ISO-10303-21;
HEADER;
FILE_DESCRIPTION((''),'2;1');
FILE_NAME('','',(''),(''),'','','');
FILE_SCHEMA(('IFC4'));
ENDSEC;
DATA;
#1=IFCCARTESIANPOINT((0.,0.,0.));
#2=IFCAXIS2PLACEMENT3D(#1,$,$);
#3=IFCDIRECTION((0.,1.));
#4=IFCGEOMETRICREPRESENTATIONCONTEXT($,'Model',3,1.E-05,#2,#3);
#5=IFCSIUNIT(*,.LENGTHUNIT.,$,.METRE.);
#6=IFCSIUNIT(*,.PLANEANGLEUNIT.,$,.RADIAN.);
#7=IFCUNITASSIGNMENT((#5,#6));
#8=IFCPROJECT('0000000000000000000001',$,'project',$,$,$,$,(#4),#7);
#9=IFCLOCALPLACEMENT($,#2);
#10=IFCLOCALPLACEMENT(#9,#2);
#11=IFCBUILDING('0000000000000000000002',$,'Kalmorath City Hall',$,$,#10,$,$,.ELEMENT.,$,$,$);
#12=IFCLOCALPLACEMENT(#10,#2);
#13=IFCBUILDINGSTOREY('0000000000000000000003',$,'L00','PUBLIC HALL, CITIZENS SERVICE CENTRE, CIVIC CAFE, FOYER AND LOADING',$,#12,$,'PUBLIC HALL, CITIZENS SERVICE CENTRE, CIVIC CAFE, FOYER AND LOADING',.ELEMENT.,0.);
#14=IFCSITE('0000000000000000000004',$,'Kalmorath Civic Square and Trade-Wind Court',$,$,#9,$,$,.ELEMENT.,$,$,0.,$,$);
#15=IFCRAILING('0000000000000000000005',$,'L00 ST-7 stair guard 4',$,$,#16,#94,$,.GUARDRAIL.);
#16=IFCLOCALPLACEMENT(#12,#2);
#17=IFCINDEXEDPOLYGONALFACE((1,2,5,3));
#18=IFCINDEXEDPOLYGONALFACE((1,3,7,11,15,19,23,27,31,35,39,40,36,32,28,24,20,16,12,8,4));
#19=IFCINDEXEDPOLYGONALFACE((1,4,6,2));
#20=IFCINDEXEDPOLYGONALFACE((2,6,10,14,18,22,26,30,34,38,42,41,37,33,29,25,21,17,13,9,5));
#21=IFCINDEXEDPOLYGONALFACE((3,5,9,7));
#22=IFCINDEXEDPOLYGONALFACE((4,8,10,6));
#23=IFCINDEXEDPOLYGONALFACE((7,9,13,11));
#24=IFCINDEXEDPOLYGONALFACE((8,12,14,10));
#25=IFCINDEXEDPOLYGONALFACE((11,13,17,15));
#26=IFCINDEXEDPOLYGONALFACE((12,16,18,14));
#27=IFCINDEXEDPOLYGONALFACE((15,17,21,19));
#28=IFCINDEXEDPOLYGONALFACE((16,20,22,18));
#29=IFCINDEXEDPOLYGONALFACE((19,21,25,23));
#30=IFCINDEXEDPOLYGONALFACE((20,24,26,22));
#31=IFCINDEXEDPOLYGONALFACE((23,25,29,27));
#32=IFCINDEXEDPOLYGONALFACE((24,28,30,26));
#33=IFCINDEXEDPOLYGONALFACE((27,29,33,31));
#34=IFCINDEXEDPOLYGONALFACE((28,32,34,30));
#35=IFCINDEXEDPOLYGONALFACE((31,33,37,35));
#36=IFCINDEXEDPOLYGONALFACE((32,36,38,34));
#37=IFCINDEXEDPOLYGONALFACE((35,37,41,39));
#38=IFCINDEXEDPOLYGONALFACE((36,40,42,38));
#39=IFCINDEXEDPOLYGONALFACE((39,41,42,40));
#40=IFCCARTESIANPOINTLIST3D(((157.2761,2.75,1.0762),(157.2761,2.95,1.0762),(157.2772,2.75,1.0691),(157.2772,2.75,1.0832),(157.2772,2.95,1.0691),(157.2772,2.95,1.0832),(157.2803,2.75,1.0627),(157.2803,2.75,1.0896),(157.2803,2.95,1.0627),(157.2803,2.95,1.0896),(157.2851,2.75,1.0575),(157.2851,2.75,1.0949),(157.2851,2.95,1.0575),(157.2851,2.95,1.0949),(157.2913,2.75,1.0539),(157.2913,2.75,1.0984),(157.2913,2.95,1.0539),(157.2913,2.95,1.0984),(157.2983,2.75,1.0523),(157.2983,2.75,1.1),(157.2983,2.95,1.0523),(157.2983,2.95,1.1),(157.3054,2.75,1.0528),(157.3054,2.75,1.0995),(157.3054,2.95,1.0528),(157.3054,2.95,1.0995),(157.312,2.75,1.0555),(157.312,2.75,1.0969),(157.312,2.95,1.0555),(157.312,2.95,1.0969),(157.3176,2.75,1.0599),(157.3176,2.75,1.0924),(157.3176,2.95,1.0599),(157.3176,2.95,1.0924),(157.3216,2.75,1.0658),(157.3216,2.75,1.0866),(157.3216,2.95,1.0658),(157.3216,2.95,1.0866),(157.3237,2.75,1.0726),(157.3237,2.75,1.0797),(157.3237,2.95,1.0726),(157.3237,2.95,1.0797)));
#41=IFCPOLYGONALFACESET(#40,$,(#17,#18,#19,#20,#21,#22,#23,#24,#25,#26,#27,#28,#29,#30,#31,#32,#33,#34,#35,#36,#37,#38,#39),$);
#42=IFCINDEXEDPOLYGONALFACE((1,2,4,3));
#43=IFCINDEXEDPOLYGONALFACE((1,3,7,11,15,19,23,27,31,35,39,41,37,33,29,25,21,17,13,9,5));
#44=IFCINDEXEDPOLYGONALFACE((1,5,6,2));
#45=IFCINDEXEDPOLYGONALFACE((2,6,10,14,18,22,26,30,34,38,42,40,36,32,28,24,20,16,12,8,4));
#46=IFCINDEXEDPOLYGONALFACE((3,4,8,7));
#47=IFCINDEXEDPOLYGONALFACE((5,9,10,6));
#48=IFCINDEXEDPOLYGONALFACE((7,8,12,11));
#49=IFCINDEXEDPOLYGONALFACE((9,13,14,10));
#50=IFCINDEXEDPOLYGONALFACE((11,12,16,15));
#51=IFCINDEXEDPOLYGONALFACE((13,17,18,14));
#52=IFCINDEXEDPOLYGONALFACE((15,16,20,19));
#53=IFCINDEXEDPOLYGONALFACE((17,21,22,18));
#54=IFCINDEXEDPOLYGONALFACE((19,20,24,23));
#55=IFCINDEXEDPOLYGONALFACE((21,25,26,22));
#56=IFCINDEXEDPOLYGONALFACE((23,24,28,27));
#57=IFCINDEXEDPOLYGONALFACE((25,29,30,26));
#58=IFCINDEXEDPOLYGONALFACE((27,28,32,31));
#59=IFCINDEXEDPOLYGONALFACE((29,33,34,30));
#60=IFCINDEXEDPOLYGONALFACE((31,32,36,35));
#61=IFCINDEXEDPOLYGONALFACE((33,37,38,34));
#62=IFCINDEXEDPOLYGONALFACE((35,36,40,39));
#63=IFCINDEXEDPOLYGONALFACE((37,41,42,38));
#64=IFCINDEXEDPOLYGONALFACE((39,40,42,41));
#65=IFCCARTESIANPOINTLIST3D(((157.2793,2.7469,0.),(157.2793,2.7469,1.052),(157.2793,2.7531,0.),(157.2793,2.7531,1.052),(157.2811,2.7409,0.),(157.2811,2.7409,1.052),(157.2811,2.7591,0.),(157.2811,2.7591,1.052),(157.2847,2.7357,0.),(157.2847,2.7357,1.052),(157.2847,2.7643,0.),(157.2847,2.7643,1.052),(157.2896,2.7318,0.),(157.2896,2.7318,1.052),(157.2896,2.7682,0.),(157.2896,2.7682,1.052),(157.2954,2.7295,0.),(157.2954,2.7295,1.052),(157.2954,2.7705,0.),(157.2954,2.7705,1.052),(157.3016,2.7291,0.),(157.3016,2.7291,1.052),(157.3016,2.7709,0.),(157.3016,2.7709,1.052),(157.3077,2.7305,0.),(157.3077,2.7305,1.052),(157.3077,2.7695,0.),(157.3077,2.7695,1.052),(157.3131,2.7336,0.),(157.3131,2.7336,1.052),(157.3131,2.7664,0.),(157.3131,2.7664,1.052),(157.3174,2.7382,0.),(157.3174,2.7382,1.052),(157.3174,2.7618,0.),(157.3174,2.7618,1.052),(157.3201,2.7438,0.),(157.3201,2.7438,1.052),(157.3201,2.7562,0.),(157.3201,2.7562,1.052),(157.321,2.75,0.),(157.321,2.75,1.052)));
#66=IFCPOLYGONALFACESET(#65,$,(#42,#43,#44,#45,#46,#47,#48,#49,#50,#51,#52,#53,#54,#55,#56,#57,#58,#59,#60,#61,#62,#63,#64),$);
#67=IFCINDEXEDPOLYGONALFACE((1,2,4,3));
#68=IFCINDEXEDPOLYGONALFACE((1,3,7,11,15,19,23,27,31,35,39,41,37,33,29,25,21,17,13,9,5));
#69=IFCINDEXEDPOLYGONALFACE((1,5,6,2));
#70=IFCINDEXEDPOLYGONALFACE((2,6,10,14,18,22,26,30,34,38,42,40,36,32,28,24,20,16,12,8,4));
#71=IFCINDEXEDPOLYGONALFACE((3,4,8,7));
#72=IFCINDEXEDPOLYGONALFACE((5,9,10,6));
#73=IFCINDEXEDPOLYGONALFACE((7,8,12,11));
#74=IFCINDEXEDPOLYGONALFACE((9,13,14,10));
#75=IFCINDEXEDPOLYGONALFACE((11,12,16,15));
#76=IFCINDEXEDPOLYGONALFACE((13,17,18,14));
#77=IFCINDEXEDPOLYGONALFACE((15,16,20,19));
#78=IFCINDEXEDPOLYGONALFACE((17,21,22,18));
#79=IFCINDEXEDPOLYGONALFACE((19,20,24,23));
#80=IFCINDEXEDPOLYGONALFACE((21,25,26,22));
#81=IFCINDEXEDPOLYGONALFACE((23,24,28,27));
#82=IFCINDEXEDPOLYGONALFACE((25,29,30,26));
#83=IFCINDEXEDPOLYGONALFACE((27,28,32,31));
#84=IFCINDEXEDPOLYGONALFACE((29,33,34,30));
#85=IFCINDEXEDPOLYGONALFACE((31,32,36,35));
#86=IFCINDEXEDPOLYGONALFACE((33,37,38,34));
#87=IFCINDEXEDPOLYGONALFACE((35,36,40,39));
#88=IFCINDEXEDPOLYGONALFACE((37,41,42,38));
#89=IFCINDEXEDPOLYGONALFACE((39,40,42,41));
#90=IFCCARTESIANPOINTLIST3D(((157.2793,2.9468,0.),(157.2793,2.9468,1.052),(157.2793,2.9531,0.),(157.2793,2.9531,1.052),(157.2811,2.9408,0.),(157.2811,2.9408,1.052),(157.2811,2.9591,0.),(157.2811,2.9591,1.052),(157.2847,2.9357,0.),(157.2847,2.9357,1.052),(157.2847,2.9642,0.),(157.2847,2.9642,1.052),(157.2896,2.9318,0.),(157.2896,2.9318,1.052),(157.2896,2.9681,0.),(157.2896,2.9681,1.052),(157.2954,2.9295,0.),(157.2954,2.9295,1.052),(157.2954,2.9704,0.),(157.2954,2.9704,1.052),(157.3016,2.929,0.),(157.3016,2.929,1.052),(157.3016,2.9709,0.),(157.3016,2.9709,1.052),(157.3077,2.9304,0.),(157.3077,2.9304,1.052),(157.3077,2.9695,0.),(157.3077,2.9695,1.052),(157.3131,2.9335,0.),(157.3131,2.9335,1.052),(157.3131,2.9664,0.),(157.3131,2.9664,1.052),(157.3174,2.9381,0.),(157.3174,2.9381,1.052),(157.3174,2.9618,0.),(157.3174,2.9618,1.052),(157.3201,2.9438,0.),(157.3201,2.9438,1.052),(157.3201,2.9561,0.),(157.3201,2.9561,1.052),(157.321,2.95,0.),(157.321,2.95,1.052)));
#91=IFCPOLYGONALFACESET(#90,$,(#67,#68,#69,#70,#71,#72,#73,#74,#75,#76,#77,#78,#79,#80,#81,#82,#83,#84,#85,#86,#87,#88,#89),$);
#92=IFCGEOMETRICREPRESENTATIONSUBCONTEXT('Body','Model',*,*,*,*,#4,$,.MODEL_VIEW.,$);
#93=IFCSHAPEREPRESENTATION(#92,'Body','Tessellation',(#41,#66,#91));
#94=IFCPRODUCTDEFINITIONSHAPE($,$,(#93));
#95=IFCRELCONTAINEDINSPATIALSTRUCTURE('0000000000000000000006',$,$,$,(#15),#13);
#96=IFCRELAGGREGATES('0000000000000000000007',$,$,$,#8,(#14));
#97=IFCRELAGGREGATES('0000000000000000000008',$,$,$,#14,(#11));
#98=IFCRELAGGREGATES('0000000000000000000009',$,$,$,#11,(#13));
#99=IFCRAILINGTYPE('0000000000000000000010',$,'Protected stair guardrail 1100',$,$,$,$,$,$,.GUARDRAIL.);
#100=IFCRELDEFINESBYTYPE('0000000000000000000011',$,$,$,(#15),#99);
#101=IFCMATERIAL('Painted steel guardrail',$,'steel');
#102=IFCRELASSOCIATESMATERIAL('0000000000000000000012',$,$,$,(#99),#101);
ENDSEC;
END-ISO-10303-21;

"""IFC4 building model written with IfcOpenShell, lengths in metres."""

from ifc_helpers import new_model, si_unit, direction, frame, origin, origin_2d, place, context, subcontext, project, spatial, circle, extrude, material, type_object, element, save


model = new_model("IFC4")

# Units and contexts
model_context = context("Model", 3, precision=1e-05, world=origin(), true_north=direction((0.0, 1.0)))
body_context = subcontext(model_context, "Body", "Model", "MODEL_VIEW")
ifc_project = project(units=[si_unit("LENGTHUNIT", "METRE"), si_unit("PLANEANGLEUNIT", "RADIAN")], contexts=[model_context])

# Site, building, storey
site_placement = place(None, origin())
site = spatial("IfcSite", under=ifc_project, at=site_placement, Name="Kalmorath Civic Square and Trade-Wind Court", CompositionType="ELEMENT", RefElevation=0.0)
building_placement = place(site_placement, origin())
building = spatial("IfcBuilding", under=site, at=building_placement, Name="Kalmorath City Hall", CompositionType="ELEMENT")
storey_placement = place(building_placement, origin())
storey = spatial("IfcBuildingStorey", under=building, at=storey_placement, Name="L00", Description="PUBLIC HALL, CITIZENS SERVICE CENTRE, CIVIC CAFE, FOYER AND LOADING", LongName="PUBLIC HALL, CITIZENS SERVICE CENTRE, CIVIC CAFE, FOYER AND LOADING", CompositionType="ELEMENT", Elevation=0.0)

# Railing
ifc_material_1 = material(Name="Painted steel guardrail", Category="steel")
railing_type_1 = type_object("IfcRailingType", Name="Protected stair guardrail 1100", PredefinedType="GUARDRAIL", material=ifc_material_1)
railing_1_placement = place(storey_placement, frame((157.3, 2.75, 0.0)))
element("IfcRailing", 1, at=railing_1_placement, inside=storey, type_object=railing_type_1, Name="L00 ST-7 stair guard 4", PredefinedType="GUARDRAIL", context=body_context, shape_type="SweptSolid", body=[
    extrude(circle(Radius=0.0239, at=origin_2d()), frame((0.0, 0.0, 1.0762), z_axis=(0.0, 1.0, 0.0), x_axis=(-1.0, 0.0, 0.0)), (0.0, 0.0, 1.0), 0.2),
    extrude(circle(Radius=0.021, at=origin_2d()), origin(), (0.0, 0.0, 1.0), 1.052),
    extrude(circle(Radius=0.021, at=origin_2d()), frame((0.0, 0.2, 0.0)), (0.0, 0.0, 1.0), 1.052),
])

save(model, "model.ifc")
